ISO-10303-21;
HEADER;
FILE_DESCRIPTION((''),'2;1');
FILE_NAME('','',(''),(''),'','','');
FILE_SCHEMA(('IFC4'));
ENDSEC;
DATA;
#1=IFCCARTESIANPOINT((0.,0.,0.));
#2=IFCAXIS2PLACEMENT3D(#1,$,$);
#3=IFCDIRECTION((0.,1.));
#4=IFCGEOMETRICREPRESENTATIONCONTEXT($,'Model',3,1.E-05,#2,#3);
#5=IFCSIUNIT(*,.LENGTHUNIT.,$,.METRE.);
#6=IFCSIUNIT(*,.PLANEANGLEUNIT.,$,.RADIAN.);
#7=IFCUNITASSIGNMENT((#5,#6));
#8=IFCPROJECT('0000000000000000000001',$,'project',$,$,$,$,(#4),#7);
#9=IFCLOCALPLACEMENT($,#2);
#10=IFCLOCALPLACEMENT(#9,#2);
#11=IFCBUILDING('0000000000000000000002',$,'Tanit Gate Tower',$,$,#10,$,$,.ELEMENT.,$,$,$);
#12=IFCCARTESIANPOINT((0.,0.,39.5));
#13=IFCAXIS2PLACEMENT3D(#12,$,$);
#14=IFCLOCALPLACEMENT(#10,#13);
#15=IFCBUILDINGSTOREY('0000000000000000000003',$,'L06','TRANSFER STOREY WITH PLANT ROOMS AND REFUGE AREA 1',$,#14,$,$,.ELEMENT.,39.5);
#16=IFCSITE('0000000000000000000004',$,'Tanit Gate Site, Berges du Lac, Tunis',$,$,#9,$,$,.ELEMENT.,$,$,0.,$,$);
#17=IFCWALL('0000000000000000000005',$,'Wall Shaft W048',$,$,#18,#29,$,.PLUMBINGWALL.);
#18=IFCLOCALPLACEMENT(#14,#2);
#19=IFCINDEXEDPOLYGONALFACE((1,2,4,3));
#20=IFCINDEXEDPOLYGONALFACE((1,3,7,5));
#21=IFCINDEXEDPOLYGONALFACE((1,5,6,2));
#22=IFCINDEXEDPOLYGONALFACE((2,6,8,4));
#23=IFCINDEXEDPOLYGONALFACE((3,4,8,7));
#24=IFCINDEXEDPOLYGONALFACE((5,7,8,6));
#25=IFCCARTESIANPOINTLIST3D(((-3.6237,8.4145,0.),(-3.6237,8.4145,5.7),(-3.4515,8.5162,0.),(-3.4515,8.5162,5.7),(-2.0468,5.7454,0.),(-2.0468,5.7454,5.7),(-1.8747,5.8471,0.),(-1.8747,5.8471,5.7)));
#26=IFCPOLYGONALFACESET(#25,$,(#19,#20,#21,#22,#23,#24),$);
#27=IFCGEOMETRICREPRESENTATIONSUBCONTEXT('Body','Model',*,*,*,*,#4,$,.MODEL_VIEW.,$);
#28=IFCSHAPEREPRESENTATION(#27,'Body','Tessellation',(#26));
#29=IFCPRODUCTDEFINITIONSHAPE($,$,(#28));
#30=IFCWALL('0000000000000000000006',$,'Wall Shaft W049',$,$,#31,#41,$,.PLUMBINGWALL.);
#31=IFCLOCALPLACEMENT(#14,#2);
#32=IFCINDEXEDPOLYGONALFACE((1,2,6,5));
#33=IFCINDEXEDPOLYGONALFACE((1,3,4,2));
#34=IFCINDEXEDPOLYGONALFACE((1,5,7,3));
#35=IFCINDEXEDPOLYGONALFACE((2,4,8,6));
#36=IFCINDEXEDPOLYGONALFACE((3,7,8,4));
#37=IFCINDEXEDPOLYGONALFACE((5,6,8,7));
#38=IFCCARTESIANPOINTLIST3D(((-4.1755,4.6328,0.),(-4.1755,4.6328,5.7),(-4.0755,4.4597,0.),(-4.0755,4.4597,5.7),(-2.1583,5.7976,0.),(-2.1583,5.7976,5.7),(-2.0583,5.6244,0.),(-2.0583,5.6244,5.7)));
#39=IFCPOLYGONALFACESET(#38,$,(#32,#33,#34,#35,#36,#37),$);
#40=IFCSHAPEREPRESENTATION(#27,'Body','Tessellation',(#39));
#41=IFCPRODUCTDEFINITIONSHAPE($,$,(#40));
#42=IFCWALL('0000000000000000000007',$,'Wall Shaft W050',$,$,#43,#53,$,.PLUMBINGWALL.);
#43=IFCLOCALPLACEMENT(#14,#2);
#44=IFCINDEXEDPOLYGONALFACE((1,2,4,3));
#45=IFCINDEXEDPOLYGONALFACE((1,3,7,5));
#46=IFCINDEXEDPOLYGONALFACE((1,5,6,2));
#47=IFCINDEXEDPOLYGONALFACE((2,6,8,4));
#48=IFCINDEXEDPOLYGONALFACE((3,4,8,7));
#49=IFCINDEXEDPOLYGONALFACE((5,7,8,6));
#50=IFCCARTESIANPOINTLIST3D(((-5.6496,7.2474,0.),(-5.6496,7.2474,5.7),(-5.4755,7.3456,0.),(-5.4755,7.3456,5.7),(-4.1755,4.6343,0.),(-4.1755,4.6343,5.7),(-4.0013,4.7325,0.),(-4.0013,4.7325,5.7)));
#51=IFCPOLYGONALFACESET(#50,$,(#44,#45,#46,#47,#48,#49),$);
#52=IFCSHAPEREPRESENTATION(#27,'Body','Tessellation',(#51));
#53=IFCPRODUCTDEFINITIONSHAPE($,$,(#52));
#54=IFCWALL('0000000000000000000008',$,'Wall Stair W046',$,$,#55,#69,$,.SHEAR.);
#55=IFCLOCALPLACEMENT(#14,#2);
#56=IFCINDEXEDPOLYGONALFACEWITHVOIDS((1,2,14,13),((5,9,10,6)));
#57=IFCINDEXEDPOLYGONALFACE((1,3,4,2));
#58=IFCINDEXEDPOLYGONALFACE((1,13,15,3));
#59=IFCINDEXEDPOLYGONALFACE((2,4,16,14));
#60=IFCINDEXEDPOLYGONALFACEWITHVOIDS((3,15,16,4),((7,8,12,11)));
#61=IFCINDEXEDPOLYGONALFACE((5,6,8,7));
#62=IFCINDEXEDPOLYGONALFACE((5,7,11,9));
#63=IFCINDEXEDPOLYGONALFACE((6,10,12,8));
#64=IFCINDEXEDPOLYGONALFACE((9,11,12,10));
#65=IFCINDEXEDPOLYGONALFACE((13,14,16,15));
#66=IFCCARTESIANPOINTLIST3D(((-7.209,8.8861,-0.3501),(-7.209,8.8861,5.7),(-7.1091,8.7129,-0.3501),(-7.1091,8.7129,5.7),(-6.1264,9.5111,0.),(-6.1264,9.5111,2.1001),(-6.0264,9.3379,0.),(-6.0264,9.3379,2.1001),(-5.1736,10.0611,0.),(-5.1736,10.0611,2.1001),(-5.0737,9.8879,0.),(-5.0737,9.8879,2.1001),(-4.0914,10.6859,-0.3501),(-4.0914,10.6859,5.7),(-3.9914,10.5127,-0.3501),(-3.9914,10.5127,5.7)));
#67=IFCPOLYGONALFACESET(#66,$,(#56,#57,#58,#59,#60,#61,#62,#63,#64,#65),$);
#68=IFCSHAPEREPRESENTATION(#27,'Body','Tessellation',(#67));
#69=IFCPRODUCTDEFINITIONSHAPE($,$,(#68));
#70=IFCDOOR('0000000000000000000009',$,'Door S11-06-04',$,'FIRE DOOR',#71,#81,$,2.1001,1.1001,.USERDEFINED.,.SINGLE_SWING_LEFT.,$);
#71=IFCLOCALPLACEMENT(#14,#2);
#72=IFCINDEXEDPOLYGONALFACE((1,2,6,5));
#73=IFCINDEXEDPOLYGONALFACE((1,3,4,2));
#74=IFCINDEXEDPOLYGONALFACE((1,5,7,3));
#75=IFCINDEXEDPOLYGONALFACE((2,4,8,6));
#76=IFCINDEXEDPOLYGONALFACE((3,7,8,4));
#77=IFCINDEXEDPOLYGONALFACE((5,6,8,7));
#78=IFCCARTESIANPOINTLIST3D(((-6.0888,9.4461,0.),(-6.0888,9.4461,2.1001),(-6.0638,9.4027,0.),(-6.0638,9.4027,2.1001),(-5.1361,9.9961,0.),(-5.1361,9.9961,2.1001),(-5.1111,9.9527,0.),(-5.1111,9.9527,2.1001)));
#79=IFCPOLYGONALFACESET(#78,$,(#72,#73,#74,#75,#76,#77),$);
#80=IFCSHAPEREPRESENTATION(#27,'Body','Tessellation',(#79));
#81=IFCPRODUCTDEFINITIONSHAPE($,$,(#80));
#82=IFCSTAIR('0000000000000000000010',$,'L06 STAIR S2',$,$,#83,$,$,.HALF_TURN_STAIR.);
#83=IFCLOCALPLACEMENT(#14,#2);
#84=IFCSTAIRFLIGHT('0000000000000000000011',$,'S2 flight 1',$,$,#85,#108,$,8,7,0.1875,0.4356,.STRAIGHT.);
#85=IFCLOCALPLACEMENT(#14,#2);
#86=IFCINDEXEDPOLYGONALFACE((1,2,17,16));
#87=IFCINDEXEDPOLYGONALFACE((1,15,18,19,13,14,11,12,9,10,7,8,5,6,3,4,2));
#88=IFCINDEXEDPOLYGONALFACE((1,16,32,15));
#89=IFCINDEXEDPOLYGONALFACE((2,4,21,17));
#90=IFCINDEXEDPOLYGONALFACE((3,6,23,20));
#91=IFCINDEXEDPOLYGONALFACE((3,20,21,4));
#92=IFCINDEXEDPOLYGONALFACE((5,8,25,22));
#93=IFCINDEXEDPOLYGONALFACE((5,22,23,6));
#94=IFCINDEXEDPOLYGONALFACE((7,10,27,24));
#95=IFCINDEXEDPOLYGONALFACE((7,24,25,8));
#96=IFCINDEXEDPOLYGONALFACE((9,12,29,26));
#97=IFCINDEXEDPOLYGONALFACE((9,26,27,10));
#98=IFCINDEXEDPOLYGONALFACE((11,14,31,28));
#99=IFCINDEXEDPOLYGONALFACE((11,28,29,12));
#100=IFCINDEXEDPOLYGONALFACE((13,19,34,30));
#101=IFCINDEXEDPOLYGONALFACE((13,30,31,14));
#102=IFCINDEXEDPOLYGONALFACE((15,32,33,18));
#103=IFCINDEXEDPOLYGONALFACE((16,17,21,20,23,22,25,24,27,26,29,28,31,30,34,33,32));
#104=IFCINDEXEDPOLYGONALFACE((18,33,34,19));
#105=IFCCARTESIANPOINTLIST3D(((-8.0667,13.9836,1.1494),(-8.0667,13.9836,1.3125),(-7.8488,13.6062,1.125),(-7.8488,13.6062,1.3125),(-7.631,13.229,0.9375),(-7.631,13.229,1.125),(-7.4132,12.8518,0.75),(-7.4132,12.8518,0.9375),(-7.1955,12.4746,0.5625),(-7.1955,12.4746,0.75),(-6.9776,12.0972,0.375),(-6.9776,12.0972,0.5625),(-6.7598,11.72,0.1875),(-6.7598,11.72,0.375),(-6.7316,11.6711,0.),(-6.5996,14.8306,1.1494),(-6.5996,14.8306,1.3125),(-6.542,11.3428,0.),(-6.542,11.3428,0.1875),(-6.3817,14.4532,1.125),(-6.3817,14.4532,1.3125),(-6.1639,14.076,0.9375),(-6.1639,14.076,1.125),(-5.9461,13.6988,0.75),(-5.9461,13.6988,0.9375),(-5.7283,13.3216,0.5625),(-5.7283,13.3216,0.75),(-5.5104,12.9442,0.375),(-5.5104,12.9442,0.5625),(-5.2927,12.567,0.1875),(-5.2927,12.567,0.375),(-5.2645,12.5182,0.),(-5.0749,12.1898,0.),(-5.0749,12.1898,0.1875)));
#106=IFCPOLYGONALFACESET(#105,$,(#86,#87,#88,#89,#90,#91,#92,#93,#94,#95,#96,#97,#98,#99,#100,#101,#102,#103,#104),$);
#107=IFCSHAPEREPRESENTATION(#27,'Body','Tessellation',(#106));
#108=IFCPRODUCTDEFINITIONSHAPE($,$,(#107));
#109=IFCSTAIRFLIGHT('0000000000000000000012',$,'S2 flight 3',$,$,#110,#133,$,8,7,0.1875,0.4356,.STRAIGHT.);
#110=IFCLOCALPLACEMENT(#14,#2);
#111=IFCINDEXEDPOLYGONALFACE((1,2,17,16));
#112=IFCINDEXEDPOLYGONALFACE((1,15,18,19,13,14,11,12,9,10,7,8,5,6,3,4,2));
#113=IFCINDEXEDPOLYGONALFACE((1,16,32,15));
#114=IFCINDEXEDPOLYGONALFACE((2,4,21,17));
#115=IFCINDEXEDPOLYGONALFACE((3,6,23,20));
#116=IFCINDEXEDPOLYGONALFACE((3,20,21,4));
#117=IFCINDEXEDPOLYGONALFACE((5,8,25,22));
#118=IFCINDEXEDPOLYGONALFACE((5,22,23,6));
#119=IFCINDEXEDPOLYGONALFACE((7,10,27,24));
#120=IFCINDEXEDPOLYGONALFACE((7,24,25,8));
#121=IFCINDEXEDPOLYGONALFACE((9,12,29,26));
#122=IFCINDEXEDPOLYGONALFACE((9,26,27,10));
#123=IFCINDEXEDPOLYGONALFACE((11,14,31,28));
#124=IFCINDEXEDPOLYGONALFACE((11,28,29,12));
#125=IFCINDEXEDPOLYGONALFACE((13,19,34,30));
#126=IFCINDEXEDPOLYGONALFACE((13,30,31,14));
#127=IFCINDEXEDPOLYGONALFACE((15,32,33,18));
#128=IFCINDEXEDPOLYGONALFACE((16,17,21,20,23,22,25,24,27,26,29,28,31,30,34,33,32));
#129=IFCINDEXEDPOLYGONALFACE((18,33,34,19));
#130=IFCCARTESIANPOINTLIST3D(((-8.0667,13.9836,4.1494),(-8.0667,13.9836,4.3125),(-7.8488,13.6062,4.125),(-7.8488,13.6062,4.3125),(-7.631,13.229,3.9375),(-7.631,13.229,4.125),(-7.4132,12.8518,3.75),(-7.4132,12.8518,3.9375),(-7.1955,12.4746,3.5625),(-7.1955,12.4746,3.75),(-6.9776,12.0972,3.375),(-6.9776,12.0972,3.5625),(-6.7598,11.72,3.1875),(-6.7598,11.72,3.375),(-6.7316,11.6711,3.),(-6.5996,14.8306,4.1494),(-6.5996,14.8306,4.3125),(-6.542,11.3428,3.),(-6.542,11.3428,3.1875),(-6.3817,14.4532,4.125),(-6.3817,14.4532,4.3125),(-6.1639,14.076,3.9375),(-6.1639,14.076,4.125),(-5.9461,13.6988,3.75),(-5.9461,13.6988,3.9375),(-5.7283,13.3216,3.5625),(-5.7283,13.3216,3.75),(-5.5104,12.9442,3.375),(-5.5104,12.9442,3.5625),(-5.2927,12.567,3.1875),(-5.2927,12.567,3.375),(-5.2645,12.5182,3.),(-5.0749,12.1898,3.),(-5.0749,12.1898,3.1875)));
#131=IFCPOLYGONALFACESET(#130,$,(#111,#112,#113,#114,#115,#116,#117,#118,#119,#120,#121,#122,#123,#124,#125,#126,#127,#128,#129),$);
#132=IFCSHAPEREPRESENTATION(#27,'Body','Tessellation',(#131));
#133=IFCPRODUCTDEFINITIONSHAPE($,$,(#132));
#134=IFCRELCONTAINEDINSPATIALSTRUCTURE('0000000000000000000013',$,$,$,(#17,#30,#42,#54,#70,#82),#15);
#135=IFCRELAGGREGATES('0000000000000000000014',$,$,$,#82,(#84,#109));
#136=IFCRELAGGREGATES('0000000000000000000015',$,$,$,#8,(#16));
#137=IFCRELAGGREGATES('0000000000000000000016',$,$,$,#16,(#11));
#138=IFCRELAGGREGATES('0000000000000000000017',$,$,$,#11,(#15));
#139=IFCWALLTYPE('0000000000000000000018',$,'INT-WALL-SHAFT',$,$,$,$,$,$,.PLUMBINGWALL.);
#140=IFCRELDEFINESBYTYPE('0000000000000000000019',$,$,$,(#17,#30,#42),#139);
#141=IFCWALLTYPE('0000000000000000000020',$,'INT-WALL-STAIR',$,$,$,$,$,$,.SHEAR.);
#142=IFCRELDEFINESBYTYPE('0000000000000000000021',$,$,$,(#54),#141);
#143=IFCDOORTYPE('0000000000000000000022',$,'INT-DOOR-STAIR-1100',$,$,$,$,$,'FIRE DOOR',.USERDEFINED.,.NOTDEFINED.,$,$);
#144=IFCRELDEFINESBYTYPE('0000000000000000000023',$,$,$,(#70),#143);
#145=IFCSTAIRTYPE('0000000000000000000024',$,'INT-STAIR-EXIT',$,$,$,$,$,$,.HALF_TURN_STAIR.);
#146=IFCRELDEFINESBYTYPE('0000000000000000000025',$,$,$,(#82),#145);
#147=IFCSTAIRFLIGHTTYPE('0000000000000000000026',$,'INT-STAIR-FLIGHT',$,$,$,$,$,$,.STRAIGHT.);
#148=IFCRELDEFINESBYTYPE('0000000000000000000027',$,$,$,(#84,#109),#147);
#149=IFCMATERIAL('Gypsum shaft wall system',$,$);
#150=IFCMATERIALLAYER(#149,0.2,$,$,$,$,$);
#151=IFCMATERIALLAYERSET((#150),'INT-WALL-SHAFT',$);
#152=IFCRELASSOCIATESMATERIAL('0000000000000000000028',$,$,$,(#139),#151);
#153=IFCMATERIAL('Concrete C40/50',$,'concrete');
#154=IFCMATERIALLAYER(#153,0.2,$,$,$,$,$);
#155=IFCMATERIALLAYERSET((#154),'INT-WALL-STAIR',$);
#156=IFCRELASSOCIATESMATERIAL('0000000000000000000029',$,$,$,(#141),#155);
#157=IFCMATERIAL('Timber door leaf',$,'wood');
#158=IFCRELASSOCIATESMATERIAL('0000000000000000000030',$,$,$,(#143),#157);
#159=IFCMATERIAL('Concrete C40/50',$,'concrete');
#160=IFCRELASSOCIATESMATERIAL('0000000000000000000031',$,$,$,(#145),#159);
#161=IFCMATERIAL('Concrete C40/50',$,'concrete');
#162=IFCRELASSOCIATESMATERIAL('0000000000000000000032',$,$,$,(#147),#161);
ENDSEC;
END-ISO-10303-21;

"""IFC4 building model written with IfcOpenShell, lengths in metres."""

from ifc_helpers import new_model, si_unit, direction, frame, frame_2d, origin, place, context, subcontext, project, spatial, polyline, rectangle, outline, extrude, material, layer, layer_set, type_object, element, fill, aggregate, save


model = new_model("IFC4")

# Units and contexts
model_context = context("Model", 3, precision=1e-05, world=origin(), true_north=direction((0.0, 1.0)))
body_context = subcontext(model_context, "Body", "Model", "MODEL_VIEW")
ifc_project = project(units=[si_unit("LENGTHUNIT", "METRE"), si_unit("PLANEANGLEUNIT", "RADIAN")], contexts=[model_context])

# Site, building, storey
site_placement = place(None, origin())
site = spatial("IfcSite", under=ifc_project, at=site_placement, Name="Tanit Gate Site, Berges du Lac, Tunis", CompositionType="ELEMENT", RefElevation=0.0)
building_placement = place(site_placement, origin())
building = spatial("IfcBuilding", under=site, at=building_placement, Name="Tanit Gate Tower", CompositionType="ELEMENT")
storey_placement = place(building_placement, frame((0.0, 0.0, 39.5)))
storey = spatial("IfcBuildingStorey", under=building, at=storey_placement, Name="L06", Description="TRANSFER STOREY WITH PLANT ROOMS AND REFUGE AREA 1", CompositionType="ELEMENT", Elevation=39.5)

# Shared definitions
ifc_material_1 = material(Name="Gypsum shaft wall system")
ifc_layer_1 = layer(ifc_material_1, 0.2)
ifc_layer_set_1 = layer_set([ifc_layer_1], Name="INT-WALL-SHAFT")
wall_type_1 = type_object("IfcWallType", Name="INT-WALL-SHAFT", PredefinedType="PLUMBINGWALL", material=ifc_layer_set_1)

# Walls
wall_1_placement = place(storey_placement, frame((-3.5376, 8.4653, 0.0), z_axis=(0.0, 0.0, 1.0), x_axis=(0.508647, -0.860975, 0.0)))
element("IfcWall", 1, at=wall_1_placement, inside=storey, type_object=wall_type_1, Name="Wall Shaft W048", PredefinedType="PLUMBINGWALL", context=body_context, shape_type="SweptSolid", body=[
    extrude(rectangle(XDim=3.1001, YDim=0.2, at=frame_2d((1.55, 0.0))), origin(), (0.0, 0.0, 1.0), 5.7),
])
wall_2_placement = place(storey_placement, frame((-2.1084, 5.7109, 0.0), z_axis=(0.0, 0.0, 1.0), x_axis=(-0.866009, -0.500028, 0.0)))
element("IfcWall", 2, at=wall_2_placement, inside=storey, type_object=wall_type_1, Name="Wall Shaft W049", PredefinedType="PLUMBINGWALL", context=body_context, shape_type="SweptSolid", body=[
    extrude(rectangle(XDim=2.3293, YDim=0.2, at=frame_2d((1.1646, 0.0))), origin(), (0.0, 0.0, 1.0), 5.7),
])
wall_3_placement = place(storey_placement, frame((-5.5625, 7.2964, 0.0), z_axis=(0.0, 0.0, 1.0), x_axis=(0.491347, -0.870964, 0.0)))
element("IfcWall", 3, at=wall_3_placement, inside=storey, type_object=wall_type_1, Name="Wall Shaft W050", PredefinedType="PLUMBINGWALL", context=body_context, shape_type="SweptSolid", body=[
    extrude(rectangle(XDim=3.0002, YDim=0.2, at=frame_2d((1.5, 0.0))), origin(), (0.0, 0.0, 1.0), 5.7),
])

# Wall, opening, door
ifc_material_2 = material(Name="Concrete C40/50", Category="concrete")
ifc_layer_2 = layer(ifc_material_2, 0.2)
ifc_layer_set_2 = layer_set([ifc_layer_2], Name="INT-WALL-STAIR")
wall_type_2 = type_object("IfcWallType", Name="INT-WALL-STAIR", PredefinedType="SHEAR", material=ifc_layer_set_2)
wall_4_placement = place(storey_placement, frame((-7.1589, 8.7996, -0.3501), z_axis=(0.0, 0.0, 1.0), x_axis=(0.866048, 0.499961, 0.0)))
wall_4 = element("IfcWall", 4, at=wall_4_placement, inside=storey, type_object=wall_type_2, Name="Wall Stair W046", PredefinedType="SHEAR", context=body_context, shape_type="SweptSolid", body=[
    extrude(rectangle(XDim=3.5999, YDim=0.2, at=frame_2d((1.7998, 0.0))), origin(), (0.0, 0.0, 1.0), 6.05),
])
opening_1_placement = place(wall_4_placement, frame((1.25, 0.0, 0.3501)))
opening_1 = element("IfcOpeningElement", 5, at=opening_1_placement, cuts=wall_4, PredefinedType="OPENING", context=body_context, shape_type="SweptSolid", body=[
    extrude(rectangle(XDim=1.1001, YDim=2.1001, at=frame_2d((0.55, 1.05))), frame((0.0, 0.1099, 0.0), z_axis=(0.0, -1.0, 0.0), x_axis=(1.0, 0.0, 0.0)), (0.0, 0.0, 1.0), 0.22),
])
ifc_material_3 = material(Name="Timber door leaf", Category="wood")
door_type_1 = type_object("IfcDoorType", Name="INT-DOOR-STAIR-1100", ElementType="FIRE DOOR", OperationType="NOTDEFINED", PredefinedType="USERDEFINED", material=ifc_material_3)
door_1_placement = place(opening_1_placement, origin())
door_1 = element("IfcDoor", 6, at=door_1_placement, inside=storey, type_object=door_type_1, Name="Door S11-06-04", ObjectType="FIRE DOOR", OperationType="SINGLE_SWING_LEFT", OverallHeight=2.1001, OverallWidth=1.1001, PredefinedType="USERDEFINED", context=body_context, shape_type="SweptSolid", body=[
    extrude(rectangle(XDim=1.1001, YDim=2.1001, at=frame_2d((0.55, 1.05))), frame((0.0, 0.0249, 0.0), z_axis=(0.0, -1.0, 0.0), x_axis=(1.0, 0.0, 0.0)), (0.0, 0.0, 1.0), 0.05),
])
fill(opening_1, door_1)

# Stair, stair flights
ifc_material_4 = material(Name="Concrete C40/50", Category="concrete")
stair_type = type_object("IfcStairType", Name="INT-STAIR-EXIT", PredefinedType="HALF_TURN_STAIR", material=ifc_material_4)
stair_placement = place(storey_placement, origin())
stair = element("IfcStair", 7, at=stair_placement, inside=storey, type_object=stair_type, Name="L06 STAIR S2", PredefinedType="HALF_TURN_STAIR")
ifc_material_5 = material(Name="Concrete C40/50", Category="concrete")
stair_flight_type = type_object("IfcStairFlightType", Name="INT-STAIR-FLIGHT", PredefinedType="STRAIGHT", material=ifc_material_5)
stair_flight_1_placement = place(storey_placement, frame((-5.8083, 11.7664, 0.0), z_axis=(0.0, 0.0, 1.0), x_axis=(-0.5, 0.866025, 0.0)))
stair_flight_1 = element("IfcStairFlight", 8, at=stair_flight_1_placement, type_object=stair_flight_type, Name="S2 flight 1", NumberOfRisers=8, NumberOfTreads=7, PredefinedType="STRAIGHT", RiserHeight=0.1875, TreadLength=0.4356, context=body_context, shape_type="SweptSolid", body=[
    extrude(outline(polyline([(0.0, 0.0), (0.0, 0.1875), (0.4355, 0.1875), (0.4355, 0.375), (0.8711, 0.375), (0.8711, 0.5625), (1.3069, 0.5625), (1.3069, 0.75), (1.7424, 0.75), (1.7424, 0.9375), (2.178, 0.9375), (2.178, 1.125), (2.6135, 1.125), (2.6135, 1.3125), (3.0493, 1.3125), (3.0493, 1.5), (3.0493, 1.1494), (0.3792, 0.0), (0.0, 0.0)])), frame((0.0, 0.8472, 0.0), z_axis=(0.0, -1.0, 0.0), x_axis=(1.0, 0.0, 0.0)), (0.0, 0.0, 1.0), 1.6941),
])
stair_flight_2_placement = place(storey_placement, frame((-5.8083, 11.7664, 3.0), z_axis=(0.0, 0.0, 1.0), x_axis=(-0.5, 0.866025, 0.0)))
stair_flight_2 = element("IfcStairFlight", 9, at=stair_flight_2_placement, type_object=stair_flight_type, Name="S2 flight 3", NumberOfRisers=8, NumberOfTreads=7, PredefinedType="STRAIGHT", RiserHeight=0.1875, TreadLength=0.4356, context=body_context, shape_type="SweptSolid", body=[
    extrude(outline(polyline([(0.0, 0.0), (0.0, 0.1875), (0.4355, 0.1875), (0.4355, 0.375), (0.8711, 0.375), (0.8711, 0.5625), (1.3069, 0.5625), (1.3069, 0.75), (1.7424, 0.75), (1.7424, 0.9375), (2.178, 0.9375), (2.178, 1.125), (2.6135, 1.125), (2.6135, 1.3125), (3.0493, 1.3125), (3.0493, 1.5), (3.0493, 1.1494), (0.3792, 0.0), (0.0, 0.0)])), frame((0.0, 0.8472, 0.0), z_axis=(0.0, -1.0, 0.0), x_axis=(1.0, 0.0, 0.0)), (0.0, 0.0, 1.0), 1.6941),
])
aggregate(stair, [stair_flight_1, stair_flight_2])

save(model, "model.ifc")
